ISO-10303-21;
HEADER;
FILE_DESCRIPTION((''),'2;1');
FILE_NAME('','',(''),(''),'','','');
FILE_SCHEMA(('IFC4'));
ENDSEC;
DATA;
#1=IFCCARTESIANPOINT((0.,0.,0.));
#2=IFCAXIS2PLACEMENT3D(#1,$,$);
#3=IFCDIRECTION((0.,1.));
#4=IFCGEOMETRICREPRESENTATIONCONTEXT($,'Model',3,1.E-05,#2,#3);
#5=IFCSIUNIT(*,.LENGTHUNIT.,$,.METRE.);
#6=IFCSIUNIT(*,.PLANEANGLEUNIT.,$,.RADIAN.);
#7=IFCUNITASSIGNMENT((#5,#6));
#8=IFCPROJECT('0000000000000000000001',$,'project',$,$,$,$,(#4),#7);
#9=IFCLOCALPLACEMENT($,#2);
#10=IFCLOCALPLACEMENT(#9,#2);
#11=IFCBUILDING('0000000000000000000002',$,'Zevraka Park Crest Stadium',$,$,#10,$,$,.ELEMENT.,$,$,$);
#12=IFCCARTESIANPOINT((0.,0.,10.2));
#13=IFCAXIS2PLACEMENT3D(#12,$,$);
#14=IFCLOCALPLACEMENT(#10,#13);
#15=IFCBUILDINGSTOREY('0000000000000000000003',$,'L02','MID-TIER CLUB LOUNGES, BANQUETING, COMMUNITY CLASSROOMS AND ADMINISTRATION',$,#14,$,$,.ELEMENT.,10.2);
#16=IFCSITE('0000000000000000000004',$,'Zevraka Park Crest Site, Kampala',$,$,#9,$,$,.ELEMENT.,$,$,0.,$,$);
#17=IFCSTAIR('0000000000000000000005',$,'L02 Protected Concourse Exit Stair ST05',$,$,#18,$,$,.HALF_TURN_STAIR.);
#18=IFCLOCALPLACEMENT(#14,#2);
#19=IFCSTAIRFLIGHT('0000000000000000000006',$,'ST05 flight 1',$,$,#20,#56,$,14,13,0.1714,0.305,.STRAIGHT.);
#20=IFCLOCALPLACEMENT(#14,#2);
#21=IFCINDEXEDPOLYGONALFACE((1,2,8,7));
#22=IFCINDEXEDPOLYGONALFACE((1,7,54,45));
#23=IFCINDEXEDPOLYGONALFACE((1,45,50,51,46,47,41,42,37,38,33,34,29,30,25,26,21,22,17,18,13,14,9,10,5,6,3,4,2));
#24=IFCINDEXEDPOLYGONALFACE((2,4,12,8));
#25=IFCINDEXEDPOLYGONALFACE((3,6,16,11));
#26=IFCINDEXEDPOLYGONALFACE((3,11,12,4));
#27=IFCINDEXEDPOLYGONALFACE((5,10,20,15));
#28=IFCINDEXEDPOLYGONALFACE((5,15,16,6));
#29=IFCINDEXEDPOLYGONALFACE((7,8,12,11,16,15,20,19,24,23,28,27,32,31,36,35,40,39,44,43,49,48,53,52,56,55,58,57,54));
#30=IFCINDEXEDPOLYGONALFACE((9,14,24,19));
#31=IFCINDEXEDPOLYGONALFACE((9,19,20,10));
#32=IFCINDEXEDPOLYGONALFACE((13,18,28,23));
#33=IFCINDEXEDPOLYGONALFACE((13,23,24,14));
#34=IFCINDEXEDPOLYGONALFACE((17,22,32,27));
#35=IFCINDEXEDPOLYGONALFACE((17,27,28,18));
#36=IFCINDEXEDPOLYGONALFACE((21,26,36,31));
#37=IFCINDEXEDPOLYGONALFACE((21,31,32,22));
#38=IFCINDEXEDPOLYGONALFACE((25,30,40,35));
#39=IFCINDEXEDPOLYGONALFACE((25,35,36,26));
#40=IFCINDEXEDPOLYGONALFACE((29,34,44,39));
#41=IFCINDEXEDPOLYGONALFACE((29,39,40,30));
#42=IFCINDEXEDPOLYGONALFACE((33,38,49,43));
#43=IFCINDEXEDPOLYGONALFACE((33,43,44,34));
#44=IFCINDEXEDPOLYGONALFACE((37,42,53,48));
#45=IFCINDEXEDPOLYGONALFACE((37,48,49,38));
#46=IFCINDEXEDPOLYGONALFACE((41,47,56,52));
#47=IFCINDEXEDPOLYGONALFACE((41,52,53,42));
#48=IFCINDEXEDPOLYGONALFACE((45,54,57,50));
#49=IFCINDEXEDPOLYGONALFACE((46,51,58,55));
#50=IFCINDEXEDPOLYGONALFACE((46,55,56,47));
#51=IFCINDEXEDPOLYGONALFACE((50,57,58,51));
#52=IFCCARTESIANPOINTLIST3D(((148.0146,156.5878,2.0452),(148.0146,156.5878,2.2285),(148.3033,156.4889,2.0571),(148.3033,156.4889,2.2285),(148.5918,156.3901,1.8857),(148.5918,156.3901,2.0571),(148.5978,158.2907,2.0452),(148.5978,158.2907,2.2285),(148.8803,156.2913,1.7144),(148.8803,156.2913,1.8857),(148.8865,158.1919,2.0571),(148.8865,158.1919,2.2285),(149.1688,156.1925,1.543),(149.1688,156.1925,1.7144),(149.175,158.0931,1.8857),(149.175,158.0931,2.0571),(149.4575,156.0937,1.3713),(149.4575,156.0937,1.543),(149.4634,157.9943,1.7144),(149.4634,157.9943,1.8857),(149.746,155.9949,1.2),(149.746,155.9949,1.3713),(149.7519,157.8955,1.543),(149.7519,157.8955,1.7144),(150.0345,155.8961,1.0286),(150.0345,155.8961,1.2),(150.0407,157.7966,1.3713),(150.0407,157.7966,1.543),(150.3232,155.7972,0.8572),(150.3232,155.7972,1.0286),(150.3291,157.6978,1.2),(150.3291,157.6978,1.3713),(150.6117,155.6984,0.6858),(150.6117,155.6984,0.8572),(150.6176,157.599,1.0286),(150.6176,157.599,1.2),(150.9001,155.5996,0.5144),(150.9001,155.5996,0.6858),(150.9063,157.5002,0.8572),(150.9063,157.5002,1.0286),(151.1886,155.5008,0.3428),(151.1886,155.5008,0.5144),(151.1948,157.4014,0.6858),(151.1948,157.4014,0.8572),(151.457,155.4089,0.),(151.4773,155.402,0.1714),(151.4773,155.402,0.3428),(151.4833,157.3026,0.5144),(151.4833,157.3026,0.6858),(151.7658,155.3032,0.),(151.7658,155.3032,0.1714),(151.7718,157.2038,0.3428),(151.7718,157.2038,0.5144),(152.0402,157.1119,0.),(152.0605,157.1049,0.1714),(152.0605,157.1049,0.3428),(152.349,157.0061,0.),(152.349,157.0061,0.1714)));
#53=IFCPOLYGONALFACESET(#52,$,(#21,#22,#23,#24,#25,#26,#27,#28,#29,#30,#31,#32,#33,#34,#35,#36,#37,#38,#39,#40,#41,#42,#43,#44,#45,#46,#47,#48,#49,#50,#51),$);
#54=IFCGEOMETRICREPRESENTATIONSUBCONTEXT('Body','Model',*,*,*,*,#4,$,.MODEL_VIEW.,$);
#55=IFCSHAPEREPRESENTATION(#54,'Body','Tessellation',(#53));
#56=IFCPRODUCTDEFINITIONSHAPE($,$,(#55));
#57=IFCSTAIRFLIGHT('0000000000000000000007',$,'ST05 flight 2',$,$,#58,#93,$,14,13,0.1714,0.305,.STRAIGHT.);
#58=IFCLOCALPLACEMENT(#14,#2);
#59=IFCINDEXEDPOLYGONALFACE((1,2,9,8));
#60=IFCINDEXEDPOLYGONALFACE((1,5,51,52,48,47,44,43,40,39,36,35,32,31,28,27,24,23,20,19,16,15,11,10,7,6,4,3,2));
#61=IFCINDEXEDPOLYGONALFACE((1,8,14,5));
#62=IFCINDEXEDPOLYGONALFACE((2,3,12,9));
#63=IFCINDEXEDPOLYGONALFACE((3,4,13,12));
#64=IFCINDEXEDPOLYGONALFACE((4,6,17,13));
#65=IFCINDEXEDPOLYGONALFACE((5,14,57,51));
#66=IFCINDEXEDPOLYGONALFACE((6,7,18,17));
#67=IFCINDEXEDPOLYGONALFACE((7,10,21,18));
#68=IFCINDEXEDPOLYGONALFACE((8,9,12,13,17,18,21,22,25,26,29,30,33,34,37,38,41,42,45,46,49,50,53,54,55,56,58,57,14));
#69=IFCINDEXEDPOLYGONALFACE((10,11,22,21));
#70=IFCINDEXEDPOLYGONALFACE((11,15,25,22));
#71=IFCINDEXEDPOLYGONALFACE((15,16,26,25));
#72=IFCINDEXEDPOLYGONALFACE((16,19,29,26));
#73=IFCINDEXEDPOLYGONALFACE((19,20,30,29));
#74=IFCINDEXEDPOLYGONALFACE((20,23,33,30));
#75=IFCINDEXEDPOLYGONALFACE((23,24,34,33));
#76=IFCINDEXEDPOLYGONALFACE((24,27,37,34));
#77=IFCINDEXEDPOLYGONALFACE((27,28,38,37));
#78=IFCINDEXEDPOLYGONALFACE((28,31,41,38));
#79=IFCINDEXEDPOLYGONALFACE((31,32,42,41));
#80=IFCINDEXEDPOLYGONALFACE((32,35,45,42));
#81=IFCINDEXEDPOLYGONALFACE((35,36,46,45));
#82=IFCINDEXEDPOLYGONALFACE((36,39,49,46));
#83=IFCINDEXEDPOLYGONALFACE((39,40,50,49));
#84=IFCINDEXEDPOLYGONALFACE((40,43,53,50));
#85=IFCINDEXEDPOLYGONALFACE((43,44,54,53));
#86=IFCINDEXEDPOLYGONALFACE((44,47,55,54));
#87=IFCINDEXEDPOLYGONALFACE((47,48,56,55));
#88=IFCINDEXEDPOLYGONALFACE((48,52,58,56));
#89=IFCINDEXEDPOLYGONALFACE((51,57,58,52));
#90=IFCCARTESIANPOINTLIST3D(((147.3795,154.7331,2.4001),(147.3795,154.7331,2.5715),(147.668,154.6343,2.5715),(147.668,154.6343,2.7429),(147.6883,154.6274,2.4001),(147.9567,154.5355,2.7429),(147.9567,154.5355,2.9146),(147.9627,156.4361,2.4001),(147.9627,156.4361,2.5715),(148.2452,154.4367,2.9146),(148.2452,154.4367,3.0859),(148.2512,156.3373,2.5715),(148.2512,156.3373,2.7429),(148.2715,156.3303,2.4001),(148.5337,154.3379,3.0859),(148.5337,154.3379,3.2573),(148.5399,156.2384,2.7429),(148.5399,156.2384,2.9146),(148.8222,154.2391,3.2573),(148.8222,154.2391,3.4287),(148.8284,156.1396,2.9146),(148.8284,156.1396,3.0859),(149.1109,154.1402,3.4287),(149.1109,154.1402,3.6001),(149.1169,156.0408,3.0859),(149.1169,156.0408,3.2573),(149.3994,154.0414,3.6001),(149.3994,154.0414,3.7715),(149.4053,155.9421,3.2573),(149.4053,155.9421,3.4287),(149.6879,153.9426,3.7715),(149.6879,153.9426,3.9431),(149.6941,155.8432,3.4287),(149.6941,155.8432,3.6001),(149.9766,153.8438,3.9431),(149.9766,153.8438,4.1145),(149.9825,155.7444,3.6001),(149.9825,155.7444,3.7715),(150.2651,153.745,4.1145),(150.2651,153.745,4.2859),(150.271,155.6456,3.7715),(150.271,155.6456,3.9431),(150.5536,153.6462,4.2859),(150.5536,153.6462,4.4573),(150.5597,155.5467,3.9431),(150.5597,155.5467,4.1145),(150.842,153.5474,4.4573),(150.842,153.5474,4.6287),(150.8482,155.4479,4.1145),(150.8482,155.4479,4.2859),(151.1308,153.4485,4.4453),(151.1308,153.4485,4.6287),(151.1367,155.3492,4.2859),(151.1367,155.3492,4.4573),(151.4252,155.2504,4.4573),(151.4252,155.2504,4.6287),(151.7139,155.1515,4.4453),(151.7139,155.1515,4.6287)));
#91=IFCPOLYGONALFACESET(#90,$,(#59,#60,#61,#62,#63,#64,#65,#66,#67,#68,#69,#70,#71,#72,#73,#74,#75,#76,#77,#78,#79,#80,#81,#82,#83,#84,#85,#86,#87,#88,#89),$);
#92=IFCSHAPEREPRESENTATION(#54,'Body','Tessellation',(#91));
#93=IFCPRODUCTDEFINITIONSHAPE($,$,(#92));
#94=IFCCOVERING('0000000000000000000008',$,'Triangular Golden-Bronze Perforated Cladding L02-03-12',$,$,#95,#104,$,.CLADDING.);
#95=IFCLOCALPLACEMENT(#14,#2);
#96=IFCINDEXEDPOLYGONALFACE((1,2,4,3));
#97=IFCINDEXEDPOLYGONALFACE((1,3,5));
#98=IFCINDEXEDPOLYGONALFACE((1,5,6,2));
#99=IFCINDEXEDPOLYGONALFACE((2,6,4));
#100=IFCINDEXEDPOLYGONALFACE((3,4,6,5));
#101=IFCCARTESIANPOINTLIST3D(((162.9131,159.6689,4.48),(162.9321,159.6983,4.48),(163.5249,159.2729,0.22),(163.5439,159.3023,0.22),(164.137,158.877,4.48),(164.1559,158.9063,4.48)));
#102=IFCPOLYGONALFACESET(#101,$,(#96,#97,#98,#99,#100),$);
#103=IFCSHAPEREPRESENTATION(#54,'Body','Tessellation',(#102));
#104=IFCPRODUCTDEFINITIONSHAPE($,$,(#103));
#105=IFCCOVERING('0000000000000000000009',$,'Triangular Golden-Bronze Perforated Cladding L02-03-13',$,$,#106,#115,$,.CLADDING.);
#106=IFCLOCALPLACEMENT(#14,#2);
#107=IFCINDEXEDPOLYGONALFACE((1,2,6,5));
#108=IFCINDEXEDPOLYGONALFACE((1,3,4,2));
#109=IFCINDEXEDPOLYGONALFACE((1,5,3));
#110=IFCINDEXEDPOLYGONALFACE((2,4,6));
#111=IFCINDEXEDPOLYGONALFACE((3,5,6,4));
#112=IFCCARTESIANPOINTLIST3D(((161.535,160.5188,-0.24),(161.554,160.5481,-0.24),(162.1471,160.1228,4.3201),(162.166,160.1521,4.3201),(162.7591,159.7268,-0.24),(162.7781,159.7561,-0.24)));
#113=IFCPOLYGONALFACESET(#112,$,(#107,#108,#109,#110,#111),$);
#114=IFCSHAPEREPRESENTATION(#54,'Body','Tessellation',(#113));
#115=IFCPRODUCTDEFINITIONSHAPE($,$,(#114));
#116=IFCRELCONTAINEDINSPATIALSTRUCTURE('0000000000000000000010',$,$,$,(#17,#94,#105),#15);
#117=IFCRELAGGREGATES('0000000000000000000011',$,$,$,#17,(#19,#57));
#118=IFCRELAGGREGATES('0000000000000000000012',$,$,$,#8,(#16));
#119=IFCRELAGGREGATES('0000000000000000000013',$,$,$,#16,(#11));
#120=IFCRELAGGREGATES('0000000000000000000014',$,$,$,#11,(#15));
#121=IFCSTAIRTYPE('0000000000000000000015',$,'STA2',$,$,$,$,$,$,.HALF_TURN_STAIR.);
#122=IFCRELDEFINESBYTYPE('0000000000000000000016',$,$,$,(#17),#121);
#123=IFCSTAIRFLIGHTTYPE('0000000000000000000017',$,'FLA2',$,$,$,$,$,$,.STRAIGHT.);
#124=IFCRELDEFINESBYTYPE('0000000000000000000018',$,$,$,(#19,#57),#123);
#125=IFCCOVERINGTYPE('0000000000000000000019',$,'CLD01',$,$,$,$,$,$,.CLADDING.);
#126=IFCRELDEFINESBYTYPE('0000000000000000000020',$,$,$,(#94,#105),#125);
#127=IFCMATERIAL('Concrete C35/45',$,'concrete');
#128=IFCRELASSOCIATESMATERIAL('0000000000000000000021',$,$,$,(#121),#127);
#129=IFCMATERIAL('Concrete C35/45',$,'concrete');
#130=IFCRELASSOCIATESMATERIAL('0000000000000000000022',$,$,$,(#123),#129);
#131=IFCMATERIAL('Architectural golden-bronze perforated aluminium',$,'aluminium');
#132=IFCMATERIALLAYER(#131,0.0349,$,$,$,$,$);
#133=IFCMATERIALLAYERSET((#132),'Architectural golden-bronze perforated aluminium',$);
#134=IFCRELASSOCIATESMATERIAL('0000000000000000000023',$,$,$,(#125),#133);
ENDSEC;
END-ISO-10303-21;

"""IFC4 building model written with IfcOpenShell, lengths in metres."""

from ifc_helpers import new_model, si_unit, direction, frame, origin, place, context, subcontext, project, spatial, polyline, outline, extrude, material, layer, layer_set, type_object, element, aggregate, save


model = new_model("IFC4")

# Units and contexts
model_context = context("Model", 3, precision=1e-05, world=origin(), true_north=direction((0.0, 1.0)))
body_context = subcontext(model_context, "Body", "Model", "MODEL_VIEW")
ifc_project = project(units=[si_unit("LENGTHUNIT", "METRE"), si_unit("PLANEANGLEUNIT", "RADIAN")], contexts=[model_context])

# Site, building, storey
site_placement = place(None, origin())
site = spatial("IfcSite", under=ifc_project, at=site_placement, Name="Zevraka Park Crest Site, Kampala", CompositionType="ELEMENT", RefElevation=0.0)
building_placement = place(site_placement, origin())
building = spatial("IfcBuilding", under=site, at=building_placement, Name="Zevraka Park Crest Stadium", CompositionType="ELEMENT")
storey_placement = place(building_placement, frame((0.0, 0.0, 10.2)))
storey = spatial("IfcBuildingStorey", under=building, at=storey_placement, Name="L02", Description="MID-TIER CLUB LOUNGES, BANQUETING, COMMUNITY CLASSROOMS AND ADMINISTRATION", CompositionType="ELEMENT", Elevation=10.2)

# Stair, stair flights
ifc_material_1 = material(Name="Concrete C35/45", Category="concrete")
stair_type = type_object("IfcStairType", Name="STA2", PredefinedType="HALF_TURN_STAIR", material=ifc_material_1)
stair_placement = place(storey_placement, origin())
stair = element("IfcStair", 1, at=stair_placement, inside=storey, type_object=stair_type, Name="L02 Protected Concourse Exit Stair ST05", PredefinedType="HALF_TURN_STAIR")
ifc_material_2 = material(Name="Concrete C35/45", Category="concrete")
stair_flight_type = type_object("IfcStairFlightType", Name="FLA2", PredefinedType="STRAIGHT", material=ifc_material_2)
stair_flight_1_placement = place(storey_placement, frame((152.0574, 156.1545, 0.0), z_axis=(0.0, 0.0, 1.0), x_axis=(-0.946066, 0.323974, 0.0)))
stair_flight_1 = element("IfcStairFlight", 2, at=stair_flight_1_placement, type_object=stair_flight_type, Name="ST05 flight 1", NumberOfRisers=14, NumberOfTreads=13, PredefinedType="STRAIGHT", RiserHeight=0.1714, TreadLength=0.305, context=body_context, shape_type="SweptSolid", body=[
    extrude(outline(polyline([(0.0, 0.0), (0.0, 0.1714), (0.3049, 0.1714), (0.3049, 0.3428), (0.6101, 0.3428), (0.6101, 0.5144), (0.915, 0.5144), (0.915, 0.6858), (1.22, 0.6858), (1.22, 0.8572), (1.5249, 0.8572), (1.5249, 1.0286), (1.8301, 1.0286), (1.8301, 1.2), (2.135, 1.2), (2.135, 1.3713), (2.4399, 1.3713), (2.4399, 1.543), (2.7451, 1.543), (2.7451, 1.7144), (3.05, 1.7144), (3.05, 1.8857), (3.355, 1.8857), (3.355, 2.0571), (3.6599, 2.0571), (3.6599, 2.2285), (3.9651, 2.2285), (3.9651, 2.3999), (3.9651, 2.0452), (0.3264, 0.0), (0.0, 0.0)])), frame((0.0, 0.8999, 0.0), z_axis=(0.0, -1.0, 0.0), x_axis=(1.0, 0.0, 0.0)), (0.0, 0.0, 1.0), 1.8),
])
stair_flight_2_placement = place(storey_placement, frame((147.6711, 155.5847, 2.4001), z_axis=(0.0, 0.0, 1.0), x_axis=(0.946066, -0.323974, 0.0)))
stair_flight_2 = element("IfcStairFlight", 3, at=stair_flight_2_placement, type_object=stair_flight_type, Name="ST05 flight 2", NumberOfRisers=14, NumberOfTreads=13, PredefinedType="STRAIGHT", RiserHeight=0.1714, TreadLength=0.305, context=body_context, shape_type="SweptSolid", body=[
    extrude(outline(polyline([(0.0, 0.0), (0.0, 0.1714), (0.3049, 0.1714), (0.3049, 0.3428), (0.6101, 0.3428), (0.6101, 0.5144), (0.915, 0.5144), (0.915, 0.6858), (1.22, 0.6858), (1.22, 0.8572), (1.5249, 0.8572), (1.5249, 1.0286), (1.8301, 1.0286), (1.8301, 1.2), (2.135, 1.2), (2.135, 1.3713), (2.4399, 1.3713), (2.4399, 1.543), (2.7451, 1.543), (2.7451, 1.7144), (3.05, 1.7144), (3.05, 1.8857), (3.355, 1.8857), (3.355, 2.0571), (3.6599, 2.0571), (3.6599, 2.2285), (3.9651, 2.2285), (3.9651, 2.3999), (3.9651, 2.0452), (0.3264, 0.0), (0.0, 0.0)])), frame((0.0, 0.8999, 0.0), z_axis=(0.0, -1.0, 0.0), x_axis=(1.0, 0.0, 0.0)), (0.0, 0.0, 1.0), 1.8),
])
aggregate(stair, [stair_flight_1, stair_flight_2])

# Coverings
ifc_material_3 = material(Name="Architectural golden-bronze perforated aluminium", Category="aluminium")
ifc_layer_1 = layer(ifc_material_3, 0.0349)
ifc_layer_set_1 = layer_set([ifc_layer_1], Name="Architectural golden-bronze perforated aluminium")
covering_type = type_object("IfcCoveringType", Name="CLD01", PredefinedType="CLADDING", material=ifc_layer_set_1)
covering_1_placement = place(storey_placement, frame((162.9131, 159.6689, 4.48), z_axis=(-0.543286, -0.839548, 0.000016), x_axis=(0.839548, -0.543286, 0.0)))
element("IfcCovering", 4, at=covering_1_placement, inside=storey, type_object=covering_type, Name="Triangular Golden-Bronze Perforated Cladding L02-03-12", PredefinedType="CLADDING", context=body_context, shape_type="SweptSolid", body=[
    extrude(outline(polyline([(0.0, 0.0), (1.4578, 0.0), (0.7288, -4.26), (0.0, 0.0)])), origin(), (0.0, 0.0, -1.0), 0.0349),
])
covering_2_placement = place(storey_placement, frame((162.7781, 159.7561, -0.24), z_axis=(0.54321, 0.839597, 0.0), x_axis=(-0.839597, 0.54321, 0.0)))
element("IfcCovering", 5, at=covering_2_placement, inside=storey, type_object=covering_type, Name="Triangular Golden-Bronze Perforated Cladding L02-03-13", PredefinedType="CLADDING", context=body_context, shape_type="SweptSolid", body=[
    extrude(outline(polyline([(0.0, 0.0), (1.458, 0.0), (0.729, 4.5601), (0.0, 0.0)])), origin(), (0.0, 0.0, -1.0), 0.0349),
])

save(model, "model.ifc")
